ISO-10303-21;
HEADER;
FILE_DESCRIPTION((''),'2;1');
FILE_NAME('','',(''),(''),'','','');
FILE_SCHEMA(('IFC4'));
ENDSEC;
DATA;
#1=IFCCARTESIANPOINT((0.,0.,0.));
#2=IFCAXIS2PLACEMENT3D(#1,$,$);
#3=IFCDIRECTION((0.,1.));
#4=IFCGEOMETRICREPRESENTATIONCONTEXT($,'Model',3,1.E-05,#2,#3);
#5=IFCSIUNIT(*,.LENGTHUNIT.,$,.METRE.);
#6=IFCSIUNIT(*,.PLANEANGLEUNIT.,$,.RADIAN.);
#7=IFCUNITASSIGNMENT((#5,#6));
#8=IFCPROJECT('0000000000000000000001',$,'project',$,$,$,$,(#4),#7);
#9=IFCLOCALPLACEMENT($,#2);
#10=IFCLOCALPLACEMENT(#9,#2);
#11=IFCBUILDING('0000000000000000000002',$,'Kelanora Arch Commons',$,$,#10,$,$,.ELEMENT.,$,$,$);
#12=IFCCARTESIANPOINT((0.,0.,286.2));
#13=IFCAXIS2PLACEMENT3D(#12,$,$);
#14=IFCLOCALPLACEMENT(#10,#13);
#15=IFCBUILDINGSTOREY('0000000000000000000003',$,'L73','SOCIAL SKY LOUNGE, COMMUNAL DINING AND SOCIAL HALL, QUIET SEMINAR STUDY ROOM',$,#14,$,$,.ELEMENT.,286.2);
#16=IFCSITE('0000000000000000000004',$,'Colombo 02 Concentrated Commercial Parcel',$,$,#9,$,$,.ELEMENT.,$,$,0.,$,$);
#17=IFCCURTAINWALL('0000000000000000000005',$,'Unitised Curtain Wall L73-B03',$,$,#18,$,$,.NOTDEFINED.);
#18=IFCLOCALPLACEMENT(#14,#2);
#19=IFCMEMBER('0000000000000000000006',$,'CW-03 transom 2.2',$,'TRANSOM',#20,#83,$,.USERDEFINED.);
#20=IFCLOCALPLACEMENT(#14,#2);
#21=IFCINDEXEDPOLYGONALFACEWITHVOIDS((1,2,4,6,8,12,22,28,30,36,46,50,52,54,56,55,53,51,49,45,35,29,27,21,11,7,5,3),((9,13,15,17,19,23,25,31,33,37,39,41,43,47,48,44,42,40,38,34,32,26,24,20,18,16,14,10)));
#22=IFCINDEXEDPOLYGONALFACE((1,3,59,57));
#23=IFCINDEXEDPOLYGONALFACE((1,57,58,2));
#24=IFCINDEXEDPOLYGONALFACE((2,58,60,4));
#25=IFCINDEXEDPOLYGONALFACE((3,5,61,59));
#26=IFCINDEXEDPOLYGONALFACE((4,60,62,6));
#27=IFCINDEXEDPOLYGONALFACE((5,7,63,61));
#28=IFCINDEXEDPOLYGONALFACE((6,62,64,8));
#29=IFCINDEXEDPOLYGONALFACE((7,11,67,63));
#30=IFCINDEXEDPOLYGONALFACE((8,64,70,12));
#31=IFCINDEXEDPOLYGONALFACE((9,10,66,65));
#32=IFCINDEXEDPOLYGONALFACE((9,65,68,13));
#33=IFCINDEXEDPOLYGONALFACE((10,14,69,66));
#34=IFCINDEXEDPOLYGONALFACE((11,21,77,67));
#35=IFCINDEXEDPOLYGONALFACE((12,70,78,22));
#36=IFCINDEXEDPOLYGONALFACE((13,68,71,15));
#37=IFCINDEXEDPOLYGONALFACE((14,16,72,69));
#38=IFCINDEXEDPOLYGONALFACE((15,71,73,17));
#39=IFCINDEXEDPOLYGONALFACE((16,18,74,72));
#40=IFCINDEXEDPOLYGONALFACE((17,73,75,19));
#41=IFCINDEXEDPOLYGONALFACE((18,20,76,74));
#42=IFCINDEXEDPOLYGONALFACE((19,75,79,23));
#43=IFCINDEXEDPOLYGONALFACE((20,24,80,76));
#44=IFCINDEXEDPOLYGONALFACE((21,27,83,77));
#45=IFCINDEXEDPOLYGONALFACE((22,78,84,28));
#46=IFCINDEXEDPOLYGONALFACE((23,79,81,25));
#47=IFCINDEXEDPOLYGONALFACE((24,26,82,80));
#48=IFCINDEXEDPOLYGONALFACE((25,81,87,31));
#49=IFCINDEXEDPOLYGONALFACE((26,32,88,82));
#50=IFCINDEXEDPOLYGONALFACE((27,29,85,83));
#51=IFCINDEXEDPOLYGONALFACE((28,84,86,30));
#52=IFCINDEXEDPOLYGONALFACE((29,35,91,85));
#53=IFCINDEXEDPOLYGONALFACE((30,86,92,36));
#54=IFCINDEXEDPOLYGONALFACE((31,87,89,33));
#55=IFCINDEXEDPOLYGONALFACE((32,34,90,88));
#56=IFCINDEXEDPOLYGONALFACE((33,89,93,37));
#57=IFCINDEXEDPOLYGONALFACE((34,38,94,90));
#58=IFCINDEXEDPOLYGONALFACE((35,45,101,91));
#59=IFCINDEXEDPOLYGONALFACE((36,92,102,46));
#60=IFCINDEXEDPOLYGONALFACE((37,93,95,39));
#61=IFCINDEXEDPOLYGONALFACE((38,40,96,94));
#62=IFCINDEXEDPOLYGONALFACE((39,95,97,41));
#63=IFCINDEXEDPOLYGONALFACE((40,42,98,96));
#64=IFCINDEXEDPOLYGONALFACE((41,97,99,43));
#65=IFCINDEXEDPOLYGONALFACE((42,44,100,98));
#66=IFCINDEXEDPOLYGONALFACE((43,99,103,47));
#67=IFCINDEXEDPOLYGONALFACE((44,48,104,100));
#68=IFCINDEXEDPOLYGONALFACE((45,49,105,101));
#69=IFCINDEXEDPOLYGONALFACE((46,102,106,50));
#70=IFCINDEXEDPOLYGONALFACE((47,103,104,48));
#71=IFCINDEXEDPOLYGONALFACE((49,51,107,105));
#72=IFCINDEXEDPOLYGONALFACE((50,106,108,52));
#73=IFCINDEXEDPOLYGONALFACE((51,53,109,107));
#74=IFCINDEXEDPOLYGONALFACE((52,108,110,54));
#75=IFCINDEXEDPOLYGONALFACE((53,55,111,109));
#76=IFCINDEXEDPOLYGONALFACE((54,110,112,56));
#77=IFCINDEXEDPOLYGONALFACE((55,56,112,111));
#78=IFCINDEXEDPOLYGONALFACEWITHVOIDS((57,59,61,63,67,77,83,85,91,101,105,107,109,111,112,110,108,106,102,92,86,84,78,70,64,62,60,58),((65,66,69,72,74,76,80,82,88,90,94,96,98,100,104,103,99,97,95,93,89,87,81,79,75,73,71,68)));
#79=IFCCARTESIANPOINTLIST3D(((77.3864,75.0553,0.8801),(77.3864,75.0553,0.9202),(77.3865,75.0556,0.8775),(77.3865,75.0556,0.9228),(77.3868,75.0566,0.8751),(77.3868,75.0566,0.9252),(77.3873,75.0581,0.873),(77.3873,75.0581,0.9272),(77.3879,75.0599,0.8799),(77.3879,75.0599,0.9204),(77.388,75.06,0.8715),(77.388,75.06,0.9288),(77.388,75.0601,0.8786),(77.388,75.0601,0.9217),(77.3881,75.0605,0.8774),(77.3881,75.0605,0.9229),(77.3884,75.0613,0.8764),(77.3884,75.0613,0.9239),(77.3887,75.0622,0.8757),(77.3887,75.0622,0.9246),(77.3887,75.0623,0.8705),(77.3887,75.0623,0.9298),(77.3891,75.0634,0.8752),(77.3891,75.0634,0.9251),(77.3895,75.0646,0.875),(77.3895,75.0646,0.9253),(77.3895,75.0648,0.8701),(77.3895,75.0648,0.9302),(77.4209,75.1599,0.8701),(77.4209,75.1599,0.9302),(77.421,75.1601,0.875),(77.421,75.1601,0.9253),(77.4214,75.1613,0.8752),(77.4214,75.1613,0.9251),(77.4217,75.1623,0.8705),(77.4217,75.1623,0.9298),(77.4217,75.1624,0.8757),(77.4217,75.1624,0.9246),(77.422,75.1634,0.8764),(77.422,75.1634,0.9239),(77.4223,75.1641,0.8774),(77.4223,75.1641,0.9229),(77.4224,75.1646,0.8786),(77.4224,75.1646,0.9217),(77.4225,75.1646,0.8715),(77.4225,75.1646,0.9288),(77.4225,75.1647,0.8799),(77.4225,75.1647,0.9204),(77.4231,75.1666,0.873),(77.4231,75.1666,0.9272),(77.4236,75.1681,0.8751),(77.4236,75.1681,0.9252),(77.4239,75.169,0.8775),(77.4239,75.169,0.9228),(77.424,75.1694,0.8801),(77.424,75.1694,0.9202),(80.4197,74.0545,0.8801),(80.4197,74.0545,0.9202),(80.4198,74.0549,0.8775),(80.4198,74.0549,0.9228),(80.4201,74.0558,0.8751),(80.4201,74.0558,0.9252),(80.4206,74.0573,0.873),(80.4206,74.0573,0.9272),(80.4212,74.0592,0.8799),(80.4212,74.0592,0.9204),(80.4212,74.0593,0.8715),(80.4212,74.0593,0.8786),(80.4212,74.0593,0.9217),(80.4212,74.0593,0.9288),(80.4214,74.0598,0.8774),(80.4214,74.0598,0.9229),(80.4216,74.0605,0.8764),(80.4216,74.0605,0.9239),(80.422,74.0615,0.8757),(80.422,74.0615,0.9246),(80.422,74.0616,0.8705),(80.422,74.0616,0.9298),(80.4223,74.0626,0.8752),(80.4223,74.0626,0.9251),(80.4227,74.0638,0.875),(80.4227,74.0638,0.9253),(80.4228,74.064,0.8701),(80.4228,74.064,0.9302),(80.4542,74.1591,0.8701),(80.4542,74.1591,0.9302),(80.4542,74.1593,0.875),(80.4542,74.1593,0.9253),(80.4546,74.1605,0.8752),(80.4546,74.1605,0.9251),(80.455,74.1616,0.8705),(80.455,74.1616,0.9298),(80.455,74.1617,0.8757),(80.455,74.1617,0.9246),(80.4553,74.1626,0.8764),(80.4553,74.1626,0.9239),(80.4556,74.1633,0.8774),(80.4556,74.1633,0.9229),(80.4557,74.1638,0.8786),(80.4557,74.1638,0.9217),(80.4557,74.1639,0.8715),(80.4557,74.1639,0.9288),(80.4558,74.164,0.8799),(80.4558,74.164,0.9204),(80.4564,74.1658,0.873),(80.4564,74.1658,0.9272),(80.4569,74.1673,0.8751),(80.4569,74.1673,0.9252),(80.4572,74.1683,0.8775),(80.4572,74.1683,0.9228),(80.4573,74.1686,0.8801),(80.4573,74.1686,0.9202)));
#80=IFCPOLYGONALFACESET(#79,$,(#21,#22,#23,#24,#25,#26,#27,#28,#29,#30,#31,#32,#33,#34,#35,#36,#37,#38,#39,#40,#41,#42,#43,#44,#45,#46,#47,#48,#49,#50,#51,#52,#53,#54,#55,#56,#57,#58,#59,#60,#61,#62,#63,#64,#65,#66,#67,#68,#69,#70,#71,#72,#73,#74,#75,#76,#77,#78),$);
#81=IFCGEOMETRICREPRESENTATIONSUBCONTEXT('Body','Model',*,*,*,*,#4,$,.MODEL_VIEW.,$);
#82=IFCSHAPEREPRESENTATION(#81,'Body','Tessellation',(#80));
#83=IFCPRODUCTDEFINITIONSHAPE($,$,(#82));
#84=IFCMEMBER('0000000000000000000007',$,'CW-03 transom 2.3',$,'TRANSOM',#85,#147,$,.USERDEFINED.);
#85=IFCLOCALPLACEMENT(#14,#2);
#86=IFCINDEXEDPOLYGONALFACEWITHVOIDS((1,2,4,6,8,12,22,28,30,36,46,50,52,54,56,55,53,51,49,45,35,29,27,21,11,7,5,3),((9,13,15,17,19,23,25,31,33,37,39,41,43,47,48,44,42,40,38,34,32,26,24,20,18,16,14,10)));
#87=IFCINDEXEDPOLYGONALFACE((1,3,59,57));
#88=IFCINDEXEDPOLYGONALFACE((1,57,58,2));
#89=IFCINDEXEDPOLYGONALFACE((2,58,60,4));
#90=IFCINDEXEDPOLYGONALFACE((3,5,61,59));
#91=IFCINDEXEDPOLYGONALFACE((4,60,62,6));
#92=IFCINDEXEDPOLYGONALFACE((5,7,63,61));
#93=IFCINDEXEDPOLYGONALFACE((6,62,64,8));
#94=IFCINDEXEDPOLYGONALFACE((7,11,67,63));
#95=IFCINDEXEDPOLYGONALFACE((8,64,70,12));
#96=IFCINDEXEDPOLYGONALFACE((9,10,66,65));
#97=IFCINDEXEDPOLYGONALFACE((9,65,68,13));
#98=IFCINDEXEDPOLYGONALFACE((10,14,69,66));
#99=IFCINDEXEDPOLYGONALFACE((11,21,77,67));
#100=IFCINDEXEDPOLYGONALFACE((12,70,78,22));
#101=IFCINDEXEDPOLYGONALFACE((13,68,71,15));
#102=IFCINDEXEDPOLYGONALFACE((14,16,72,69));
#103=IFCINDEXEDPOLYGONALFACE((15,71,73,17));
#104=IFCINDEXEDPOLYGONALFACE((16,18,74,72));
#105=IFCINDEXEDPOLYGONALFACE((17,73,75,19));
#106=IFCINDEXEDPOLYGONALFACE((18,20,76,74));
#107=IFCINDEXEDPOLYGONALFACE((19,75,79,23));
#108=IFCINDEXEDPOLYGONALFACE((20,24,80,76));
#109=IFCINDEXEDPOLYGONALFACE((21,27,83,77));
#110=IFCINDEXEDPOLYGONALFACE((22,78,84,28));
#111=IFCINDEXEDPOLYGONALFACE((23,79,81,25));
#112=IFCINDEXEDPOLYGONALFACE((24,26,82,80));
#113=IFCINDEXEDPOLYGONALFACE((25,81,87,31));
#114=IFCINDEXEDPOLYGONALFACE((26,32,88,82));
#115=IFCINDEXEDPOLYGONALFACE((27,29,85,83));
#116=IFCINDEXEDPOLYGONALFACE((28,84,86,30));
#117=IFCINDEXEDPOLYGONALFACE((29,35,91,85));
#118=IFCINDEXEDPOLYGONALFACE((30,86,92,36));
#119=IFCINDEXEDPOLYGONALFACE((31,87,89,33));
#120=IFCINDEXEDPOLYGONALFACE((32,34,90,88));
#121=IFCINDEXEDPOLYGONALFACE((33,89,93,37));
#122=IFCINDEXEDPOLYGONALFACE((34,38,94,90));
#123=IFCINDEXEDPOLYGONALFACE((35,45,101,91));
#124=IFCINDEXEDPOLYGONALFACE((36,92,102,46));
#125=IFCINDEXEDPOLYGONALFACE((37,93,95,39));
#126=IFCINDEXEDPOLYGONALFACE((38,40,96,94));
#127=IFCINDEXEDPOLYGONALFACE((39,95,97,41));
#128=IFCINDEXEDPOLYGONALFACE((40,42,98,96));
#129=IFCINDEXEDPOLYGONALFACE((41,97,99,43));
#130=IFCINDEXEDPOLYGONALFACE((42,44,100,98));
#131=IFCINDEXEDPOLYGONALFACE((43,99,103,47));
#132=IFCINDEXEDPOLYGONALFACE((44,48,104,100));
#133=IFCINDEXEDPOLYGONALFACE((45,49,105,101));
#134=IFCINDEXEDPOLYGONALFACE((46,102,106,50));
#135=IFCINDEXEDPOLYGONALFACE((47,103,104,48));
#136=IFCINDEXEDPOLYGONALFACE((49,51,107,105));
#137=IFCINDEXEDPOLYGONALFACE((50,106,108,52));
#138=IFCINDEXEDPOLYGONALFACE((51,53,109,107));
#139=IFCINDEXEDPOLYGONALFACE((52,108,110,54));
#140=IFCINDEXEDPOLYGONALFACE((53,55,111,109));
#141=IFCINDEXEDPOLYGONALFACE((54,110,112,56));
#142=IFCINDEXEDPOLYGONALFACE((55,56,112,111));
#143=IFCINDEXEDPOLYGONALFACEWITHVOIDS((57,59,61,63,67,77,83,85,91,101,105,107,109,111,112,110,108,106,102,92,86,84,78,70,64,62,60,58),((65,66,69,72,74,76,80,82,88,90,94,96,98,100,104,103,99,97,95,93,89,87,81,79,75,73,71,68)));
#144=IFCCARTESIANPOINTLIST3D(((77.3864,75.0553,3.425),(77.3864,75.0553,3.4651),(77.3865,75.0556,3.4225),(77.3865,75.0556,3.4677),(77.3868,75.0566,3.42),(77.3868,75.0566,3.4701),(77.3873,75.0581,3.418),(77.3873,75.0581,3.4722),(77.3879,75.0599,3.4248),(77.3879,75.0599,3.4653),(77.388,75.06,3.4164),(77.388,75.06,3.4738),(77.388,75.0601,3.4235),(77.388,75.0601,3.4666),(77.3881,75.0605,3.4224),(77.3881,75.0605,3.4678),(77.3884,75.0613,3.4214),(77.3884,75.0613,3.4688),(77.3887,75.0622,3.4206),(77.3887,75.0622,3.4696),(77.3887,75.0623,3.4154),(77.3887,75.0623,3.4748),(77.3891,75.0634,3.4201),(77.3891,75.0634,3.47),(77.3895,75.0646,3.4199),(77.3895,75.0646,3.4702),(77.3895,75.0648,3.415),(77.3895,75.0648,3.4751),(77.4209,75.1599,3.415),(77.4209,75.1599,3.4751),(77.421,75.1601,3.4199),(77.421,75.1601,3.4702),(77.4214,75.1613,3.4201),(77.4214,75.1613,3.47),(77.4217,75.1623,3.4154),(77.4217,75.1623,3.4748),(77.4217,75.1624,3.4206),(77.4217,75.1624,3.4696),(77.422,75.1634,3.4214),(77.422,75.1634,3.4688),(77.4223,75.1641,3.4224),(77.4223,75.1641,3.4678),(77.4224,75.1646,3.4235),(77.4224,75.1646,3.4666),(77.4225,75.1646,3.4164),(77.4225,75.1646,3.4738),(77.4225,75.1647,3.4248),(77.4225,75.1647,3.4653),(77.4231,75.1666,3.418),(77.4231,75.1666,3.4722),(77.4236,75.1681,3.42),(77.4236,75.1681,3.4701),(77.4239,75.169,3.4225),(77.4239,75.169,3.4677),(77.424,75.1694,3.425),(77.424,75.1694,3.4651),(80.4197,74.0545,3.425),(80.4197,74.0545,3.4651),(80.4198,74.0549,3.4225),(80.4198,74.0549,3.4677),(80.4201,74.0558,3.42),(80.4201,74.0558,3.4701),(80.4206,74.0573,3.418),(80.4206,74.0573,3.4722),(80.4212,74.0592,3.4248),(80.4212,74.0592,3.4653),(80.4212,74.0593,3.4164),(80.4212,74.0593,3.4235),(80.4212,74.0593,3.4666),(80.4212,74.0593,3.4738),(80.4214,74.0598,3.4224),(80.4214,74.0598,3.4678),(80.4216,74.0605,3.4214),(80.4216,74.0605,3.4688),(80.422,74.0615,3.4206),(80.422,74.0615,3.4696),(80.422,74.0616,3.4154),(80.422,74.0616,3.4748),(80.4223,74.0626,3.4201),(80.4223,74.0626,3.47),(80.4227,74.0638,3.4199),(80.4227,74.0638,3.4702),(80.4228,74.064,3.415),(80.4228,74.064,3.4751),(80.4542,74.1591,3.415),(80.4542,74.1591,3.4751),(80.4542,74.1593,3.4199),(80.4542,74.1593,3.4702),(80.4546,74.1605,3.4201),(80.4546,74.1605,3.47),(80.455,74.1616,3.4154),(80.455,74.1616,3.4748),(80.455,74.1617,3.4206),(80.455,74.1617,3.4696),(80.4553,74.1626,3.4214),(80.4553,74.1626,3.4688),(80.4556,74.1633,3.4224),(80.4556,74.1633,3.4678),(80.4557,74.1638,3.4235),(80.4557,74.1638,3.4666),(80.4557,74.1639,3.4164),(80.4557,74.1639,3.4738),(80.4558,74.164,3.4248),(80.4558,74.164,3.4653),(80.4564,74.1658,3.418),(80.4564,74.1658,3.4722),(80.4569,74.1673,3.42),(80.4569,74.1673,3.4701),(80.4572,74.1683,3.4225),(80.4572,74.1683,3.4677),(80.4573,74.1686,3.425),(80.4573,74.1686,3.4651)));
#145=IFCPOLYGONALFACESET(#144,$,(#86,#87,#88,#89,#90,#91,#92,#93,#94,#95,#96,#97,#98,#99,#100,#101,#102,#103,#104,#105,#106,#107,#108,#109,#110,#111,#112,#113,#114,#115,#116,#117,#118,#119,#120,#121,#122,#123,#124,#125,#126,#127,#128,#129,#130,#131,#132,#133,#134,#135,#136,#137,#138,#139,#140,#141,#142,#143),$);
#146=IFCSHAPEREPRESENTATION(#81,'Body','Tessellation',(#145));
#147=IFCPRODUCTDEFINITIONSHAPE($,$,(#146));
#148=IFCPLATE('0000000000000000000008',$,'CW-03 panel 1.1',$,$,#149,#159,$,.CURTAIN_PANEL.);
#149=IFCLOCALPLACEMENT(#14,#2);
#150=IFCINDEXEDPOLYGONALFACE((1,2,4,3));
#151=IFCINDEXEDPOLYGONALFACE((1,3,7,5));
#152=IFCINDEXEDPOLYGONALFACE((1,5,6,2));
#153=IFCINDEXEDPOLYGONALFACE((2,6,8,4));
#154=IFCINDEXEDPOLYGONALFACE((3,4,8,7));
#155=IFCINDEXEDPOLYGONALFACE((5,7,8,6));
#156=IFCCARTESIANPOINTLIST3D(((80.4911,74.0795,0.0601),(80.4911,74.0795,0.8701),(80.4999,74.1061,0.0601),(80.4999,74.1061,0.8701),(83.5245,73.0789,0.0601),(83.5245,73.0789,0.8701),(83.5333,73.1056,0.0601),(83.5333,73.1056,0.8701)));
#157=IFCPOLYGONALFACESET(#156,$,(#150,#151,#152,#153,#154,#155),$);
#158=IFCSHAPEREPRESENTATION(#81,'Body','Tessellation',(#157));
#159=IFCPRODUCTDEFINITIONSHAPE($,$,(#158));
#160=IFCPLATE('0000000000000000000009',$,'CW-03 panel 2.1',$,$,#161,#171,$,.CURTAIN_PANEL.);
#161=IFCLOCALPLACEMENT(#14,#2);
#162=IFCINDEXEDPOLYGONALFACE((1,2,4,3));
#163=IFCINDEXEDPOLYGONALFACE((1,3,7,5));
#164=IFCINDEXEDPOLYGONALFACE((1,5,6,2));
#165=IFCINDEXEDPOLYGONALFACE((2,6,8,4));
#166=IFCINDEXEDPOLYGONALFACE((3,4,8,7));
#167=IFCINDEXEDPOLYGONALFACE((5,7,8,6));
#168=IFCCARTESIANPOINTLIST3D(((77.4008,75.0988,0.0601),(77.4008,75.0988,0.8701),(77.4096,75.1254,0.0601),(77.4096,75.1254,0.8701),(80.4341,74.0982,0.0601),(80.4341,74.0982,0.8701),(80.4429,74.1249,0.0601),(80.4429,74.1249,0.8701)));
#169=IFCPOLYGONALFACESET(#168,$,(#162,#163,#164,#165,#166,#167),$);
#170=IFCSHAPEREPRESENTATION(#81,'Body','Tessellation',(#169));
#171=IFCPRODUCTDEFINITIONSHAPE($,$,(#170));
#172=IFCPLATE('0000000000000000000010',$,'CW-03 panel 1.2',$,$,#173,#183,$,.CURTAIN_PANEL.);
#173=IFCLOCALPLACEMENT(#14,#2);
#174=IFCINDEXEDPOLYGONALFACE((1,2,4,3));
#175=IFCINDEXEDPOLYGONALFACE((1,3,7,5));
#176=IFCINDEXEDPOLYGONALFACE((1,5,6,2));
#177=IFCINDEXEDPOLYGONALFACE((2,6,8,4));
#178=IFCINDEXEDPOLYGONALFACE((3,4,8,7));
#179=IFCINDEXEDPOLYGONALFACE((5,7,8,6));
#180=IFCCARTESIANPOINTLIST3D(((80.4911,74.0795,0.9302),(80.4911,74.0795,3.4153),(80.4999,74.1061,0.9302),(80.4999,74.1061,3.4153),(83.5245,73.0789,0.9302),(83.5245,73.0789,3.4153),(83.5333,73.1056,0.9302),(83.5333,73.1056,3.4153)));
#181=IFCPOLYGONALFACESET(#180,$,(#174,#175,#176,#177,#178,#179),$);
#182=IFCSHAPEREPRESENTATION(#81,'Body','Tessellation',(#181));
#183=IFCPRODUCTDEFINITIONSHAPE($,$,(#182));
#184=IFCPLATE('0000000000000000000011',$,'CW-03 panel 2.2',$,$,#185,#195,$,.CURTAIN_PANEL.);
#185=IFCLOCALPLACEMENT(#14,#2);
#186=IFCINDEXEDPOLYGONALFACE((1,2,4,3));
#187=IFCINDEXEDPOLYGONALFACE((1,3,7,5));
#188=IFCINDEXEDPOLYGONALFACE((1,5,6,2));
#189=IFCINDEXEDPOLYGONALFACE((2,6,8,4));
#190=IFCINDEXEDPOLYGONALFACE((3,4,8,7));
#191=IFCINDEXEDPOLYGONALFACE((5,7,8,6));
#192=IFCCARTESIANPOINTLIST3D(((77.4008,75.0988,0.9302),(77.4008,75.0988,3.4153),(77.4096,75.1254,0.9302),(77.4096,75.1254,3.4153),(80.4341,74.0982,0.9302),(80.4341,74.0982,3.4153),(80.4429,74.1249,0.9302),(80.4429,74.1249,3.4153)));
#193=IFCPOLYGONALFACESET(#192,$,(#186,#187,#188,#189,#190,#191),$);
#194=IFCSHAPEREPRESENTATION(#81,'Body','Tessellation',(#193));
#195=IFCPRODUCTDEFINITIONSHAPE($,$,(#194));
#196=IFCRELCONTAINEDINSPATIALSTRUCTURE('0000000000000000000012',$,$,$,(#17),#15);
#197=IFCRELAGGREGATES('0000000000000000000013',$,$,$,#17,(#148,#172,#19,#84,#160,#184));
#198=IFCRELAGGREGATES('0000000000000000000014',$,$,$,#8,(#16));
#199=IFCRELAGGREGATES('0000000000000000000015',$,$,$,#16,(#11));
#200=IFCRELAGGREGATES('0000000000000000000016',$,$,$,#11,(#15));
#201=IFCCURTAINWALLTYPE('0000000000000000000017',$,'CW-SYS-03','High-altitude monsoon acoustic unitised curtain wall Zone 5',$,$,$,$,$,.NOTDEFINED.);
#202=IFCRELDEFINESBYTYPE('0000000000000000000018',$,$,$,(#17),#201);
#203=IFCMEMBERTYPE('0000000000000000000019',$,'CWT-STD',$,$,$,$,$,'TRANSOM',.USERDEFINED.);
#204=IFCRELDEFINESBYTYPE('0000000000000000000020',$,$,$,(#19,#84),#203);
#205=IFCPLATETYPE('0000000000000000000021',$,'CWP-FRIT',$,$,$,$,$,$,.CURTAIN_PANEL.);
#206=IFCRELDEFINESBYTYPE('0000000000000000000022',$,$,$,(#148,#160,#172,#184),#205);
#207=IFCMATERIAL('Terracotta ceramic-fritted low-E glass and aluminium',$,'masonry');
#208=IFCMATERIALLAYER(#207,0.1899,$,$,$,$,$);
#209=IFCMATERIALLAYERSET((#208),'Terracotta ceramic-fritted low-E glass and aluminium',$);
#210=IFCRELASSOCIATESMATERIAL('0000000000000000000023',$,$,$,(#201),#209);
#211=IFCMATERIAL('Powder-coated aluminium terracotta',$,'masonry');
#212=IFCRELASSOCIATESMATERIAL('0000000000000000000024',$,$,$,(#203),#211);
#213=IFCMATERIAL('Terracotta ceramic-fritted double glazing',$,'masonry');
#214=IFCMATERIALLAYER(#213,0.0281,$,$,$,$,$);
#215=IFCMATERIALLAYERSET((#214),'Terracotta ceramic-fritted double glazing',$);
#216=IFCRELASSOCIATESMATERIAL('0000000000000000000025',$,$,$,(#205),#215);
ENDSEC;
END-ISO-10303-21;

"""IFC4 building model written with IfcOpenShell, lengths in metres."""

from ifc_helpers import new_model, si_unit, direction, frame, origin, origin_2d, place, context, subcontext, project, spatial, rectangle, hollow_rectangle, extrude, source, transform, mapped, material, layer, layer_set, material_profile, profile_set, type_object, element, aggregate, save


model = new_model("IFC4")

# Units and contexts
model_context = context("Model", 3, precision=1e-05, world=origin(), true_north=direction((0.0, 1.0)))
body_context = subcontext(model_context, "Body", "Model", "MODEL_VIEW")
ifc_project = project(units=[si_unit("LENGTHUNIT", "METRE"), si_unit("PLANEANGLEUNIT", "RADIAN")], contexts=[model_context])

# Site, building, storey
site_placement = place(None, origin())
site = spatial("IfcSite", under=ifc_project, at=site_placement, Name="Colombo 02 Concentrated Commercial Parcel", CompositionType="ELEMENT", RefElevation=0.0)
building_placement = place(site_placement, origin())
building = spatial("IfcBuilding", under=site, at=building_placement, Name="Kelanora Arch Commons", CompositionType="ELEMENT")
storey_placement = place(building_placement, frame((0.0, 0.0, 286.2)))
storey = spatial("IfcBuildingStorey", under=building, at=storey_placement, Name="L73", Description="SOCIAL SKY LOUNGE, COMMUNAL DINING AND SOCIAL HALL, QUIET SEMINAR STUDY ROOM", CompositionType="ELEMENT", Elevation=286.2)

# Curtain wall, members, plates
ifc_material_1 = material(Name="Terracotta ceramic-fritted low-E glass and aluminium", Category="masonry")
ifc_layer_1 = layer(ifc_material_1, 0.1899)
ifc_layer_set_1 = layer_set([ifc_layer_1], Name="Terracotta ceramic-fritted low-E glass and aluminium")
curtain_wall_type = type_object("IfcCurtainWallType", Name="CW-SYS-03", Description="High-altitude monsoon acoustic unitised curtain wall Zone 5", PredefinedType="NOTDEFINED", material=ifc_layer_set_1)
curtain_wall_placement = place(storey_placement, origin())
curtain_wall = element("IfcCurtainWall", 1, at=curtain_wall_placement, inside=storey, type_object=curtain_wall_type, Name="Unitised Curtain Wall L73-B03", PredefinedType="NOTDEFINED")
ifc_material_2 = material(Name="Powder-coated aluminium terracotta", Category="masonry")
ifc_material_profile_1 = material_profile(ifc_material_2, hollow_rectangle(XDim=0.1201, YDim=0.0601, WallThickness=0.0049, InnerFilletRadius=0.0049, OuterFilletRadius=0.01, at=origin_2d()), Name="CWT120x60")
ifc_profile_set_1 = profile_set([ifc_material_profile_1], Name="Powder-coated aluminium terracotta")
member_type_1 = type_object("IfcMemberType", Name="CWT-STD", ElementType="TRANSOM", PredefinedType="USERDEFINED", material=ifc_profile_set_1)
member_1_placement = place(storey_placement, frame((80.4385, 74.1116, 0.9001), z_axis=(-0.94965, 0.313314, 0.0), x_axis=(-0.313314, -0.94965, 0.0)))
member_1 = element("IfcMember", 2, at=member_1_placement, type_object=member_type_1, Name="CW-03 transom 2.2", ObjectType="TRANSOM", PredefinedType="USERDEFINED", context=body_context, shape_type="SweptSolid", body=[
    extrude(hollow_rectangle(XDim=0.1201, YDim=0.0601, WallThickness=0.0049, InnerFilletRadius=0.0049, OuterFilletRadius=0.01, at=origin_2d()), origin(), (0.0, 0.0, 1.0), 3.1941),
])
member_2_placement = place(storey_placement, frame((80.4385, 74.1116, 3.4451), z_axis=(-0.94965, 0.313314, 0.0), x_axis=(-0.313314, -0.94965, 0.0)))
member_2 = element("IfcMember", 3, at=member_2_placement, type_object=member_type_1, Name="CW-03 transom 2.3", ObjectType="TRANSOM", PredefinedType="USERDEFINED", context=body_context, shape_type="SweptSolid", body=[
    extrude(hollow_rectangle(XDim=0.1201, YDim=0.0601, WallThickness=0.0049, InnerFilletRadius=0.0049, OuterFilletRadius=0.01, at=origin_2d()), origin(), (0.0, 0.0, 1.0), 3.1941),
])
ifc_material_3 = material(Name="Terracotta ceramic-fritted double glazing", Category="masonry")
ifc_layer_2 = layer(ifc_material_3, 0.0281)
ifc_layer_set_2 = layer_set([ifc_layer_2], Name="Terracotta ceramic-fritted double glazing")
plate_type = type_object("IfcPlateType", Name="CWP-FRIT", PredefinedType="CURTAIN_PANEL", material=ifc_layer_set_2)
shared_shape_1 = source(origin(), body_context, "Body", "SweptSolid", [
    extrude(rectangle(XDim=3.1941, YDim=0.0281, at=origin_2d()), origin(), (0.0, 0.0, 1.0), 0.8101),
])
plate_1_placement = place(storey_placement, frame((82.0122, 73.5925, 0.0601), z_axis=(0.0, 0.0, 1.0), x_axis=(-0.94967, 0.313253, 0.0)))
plate_1 = element("IfcPlate", 4, at=plate_1_placement, type_object=plate_type, Name="CW-03 panel 1.1", PredefinedType="CURTAIN_PANEL", context=body_context, shape_type="MappedRepresentation", body=[
    mapped(shared_shape_1, transform((0.0, 0.0, 0.0), scale=1.0)),
])
plate_2_placement = place(storey_placement, frame((78.9219, 74.6118, 0.0601), z_axis=(0.0, 0.0, 1.0), x_axis=(-0.94967, 0.313253, 0.0)))
plate_2 = element("IfcPlate", 5, at=plate_2_placement, type_object=plate_type, Name="CW-03 panel 2.1", PredefinedType="CURTAIN_PANEL", context=body_context, shape_type="MappedRepresentation", body=[
    mapped(shared_shape_1, transform((0.0, 0.0, 0.0), scale=1.0)),
])
shared_shape_2 = source(origin(), body_context, "Body", "SweptSolid", [
    extrude(rectangle(XDim=3.1941, YDim=0.0281, at=origin_2d()), origin(), (0.0, 0.0, 1.0), 2.4851),
])
plate_3_placement = place(storey_placement, frame((82.0122, 73.5925, 0.9302), z_axis=(0.0, 0.0, 1.0), x_axis=(-0.94967, 0.313253, 0.0)))
plate_3 = element("IfcPlate", 6, at=plate_3_placement, type_object=plate_type, Name="CW-03 panel 1.2", PredefinedType="CURTAIN_PANEL", context=body_context, shape_type="MappedRepresentation", body=[
    mapped(shared_shape_2, transform((0.0, 0.0, 0.0), scale=1.0)),
])
plate_4_placement = place(storey_placement, frame((78.9219, 74.6118, 0.9302), z_axis=(0.0, 0.0, 1.0), x_axis=(-0.94967, 0.313253, 0.0)))
plate_4 = element("IfcPlate", 7, at=plate_4_placement, type_object=plate_type, Name="CW-03 panel 2.2", PredefinedType="CURTAIN_PANEL", context=body_context, shape_type="MappedRepresentation", body=[
    mapped(shared_shape_2, transform((0.0, 0.0, 0.0), scale=1.0)),
])
aggregate(curtain_wall, [plate_1, plate_3, member_1, member_2, plate_2, plate_4])

save(model, "model.ifc")
